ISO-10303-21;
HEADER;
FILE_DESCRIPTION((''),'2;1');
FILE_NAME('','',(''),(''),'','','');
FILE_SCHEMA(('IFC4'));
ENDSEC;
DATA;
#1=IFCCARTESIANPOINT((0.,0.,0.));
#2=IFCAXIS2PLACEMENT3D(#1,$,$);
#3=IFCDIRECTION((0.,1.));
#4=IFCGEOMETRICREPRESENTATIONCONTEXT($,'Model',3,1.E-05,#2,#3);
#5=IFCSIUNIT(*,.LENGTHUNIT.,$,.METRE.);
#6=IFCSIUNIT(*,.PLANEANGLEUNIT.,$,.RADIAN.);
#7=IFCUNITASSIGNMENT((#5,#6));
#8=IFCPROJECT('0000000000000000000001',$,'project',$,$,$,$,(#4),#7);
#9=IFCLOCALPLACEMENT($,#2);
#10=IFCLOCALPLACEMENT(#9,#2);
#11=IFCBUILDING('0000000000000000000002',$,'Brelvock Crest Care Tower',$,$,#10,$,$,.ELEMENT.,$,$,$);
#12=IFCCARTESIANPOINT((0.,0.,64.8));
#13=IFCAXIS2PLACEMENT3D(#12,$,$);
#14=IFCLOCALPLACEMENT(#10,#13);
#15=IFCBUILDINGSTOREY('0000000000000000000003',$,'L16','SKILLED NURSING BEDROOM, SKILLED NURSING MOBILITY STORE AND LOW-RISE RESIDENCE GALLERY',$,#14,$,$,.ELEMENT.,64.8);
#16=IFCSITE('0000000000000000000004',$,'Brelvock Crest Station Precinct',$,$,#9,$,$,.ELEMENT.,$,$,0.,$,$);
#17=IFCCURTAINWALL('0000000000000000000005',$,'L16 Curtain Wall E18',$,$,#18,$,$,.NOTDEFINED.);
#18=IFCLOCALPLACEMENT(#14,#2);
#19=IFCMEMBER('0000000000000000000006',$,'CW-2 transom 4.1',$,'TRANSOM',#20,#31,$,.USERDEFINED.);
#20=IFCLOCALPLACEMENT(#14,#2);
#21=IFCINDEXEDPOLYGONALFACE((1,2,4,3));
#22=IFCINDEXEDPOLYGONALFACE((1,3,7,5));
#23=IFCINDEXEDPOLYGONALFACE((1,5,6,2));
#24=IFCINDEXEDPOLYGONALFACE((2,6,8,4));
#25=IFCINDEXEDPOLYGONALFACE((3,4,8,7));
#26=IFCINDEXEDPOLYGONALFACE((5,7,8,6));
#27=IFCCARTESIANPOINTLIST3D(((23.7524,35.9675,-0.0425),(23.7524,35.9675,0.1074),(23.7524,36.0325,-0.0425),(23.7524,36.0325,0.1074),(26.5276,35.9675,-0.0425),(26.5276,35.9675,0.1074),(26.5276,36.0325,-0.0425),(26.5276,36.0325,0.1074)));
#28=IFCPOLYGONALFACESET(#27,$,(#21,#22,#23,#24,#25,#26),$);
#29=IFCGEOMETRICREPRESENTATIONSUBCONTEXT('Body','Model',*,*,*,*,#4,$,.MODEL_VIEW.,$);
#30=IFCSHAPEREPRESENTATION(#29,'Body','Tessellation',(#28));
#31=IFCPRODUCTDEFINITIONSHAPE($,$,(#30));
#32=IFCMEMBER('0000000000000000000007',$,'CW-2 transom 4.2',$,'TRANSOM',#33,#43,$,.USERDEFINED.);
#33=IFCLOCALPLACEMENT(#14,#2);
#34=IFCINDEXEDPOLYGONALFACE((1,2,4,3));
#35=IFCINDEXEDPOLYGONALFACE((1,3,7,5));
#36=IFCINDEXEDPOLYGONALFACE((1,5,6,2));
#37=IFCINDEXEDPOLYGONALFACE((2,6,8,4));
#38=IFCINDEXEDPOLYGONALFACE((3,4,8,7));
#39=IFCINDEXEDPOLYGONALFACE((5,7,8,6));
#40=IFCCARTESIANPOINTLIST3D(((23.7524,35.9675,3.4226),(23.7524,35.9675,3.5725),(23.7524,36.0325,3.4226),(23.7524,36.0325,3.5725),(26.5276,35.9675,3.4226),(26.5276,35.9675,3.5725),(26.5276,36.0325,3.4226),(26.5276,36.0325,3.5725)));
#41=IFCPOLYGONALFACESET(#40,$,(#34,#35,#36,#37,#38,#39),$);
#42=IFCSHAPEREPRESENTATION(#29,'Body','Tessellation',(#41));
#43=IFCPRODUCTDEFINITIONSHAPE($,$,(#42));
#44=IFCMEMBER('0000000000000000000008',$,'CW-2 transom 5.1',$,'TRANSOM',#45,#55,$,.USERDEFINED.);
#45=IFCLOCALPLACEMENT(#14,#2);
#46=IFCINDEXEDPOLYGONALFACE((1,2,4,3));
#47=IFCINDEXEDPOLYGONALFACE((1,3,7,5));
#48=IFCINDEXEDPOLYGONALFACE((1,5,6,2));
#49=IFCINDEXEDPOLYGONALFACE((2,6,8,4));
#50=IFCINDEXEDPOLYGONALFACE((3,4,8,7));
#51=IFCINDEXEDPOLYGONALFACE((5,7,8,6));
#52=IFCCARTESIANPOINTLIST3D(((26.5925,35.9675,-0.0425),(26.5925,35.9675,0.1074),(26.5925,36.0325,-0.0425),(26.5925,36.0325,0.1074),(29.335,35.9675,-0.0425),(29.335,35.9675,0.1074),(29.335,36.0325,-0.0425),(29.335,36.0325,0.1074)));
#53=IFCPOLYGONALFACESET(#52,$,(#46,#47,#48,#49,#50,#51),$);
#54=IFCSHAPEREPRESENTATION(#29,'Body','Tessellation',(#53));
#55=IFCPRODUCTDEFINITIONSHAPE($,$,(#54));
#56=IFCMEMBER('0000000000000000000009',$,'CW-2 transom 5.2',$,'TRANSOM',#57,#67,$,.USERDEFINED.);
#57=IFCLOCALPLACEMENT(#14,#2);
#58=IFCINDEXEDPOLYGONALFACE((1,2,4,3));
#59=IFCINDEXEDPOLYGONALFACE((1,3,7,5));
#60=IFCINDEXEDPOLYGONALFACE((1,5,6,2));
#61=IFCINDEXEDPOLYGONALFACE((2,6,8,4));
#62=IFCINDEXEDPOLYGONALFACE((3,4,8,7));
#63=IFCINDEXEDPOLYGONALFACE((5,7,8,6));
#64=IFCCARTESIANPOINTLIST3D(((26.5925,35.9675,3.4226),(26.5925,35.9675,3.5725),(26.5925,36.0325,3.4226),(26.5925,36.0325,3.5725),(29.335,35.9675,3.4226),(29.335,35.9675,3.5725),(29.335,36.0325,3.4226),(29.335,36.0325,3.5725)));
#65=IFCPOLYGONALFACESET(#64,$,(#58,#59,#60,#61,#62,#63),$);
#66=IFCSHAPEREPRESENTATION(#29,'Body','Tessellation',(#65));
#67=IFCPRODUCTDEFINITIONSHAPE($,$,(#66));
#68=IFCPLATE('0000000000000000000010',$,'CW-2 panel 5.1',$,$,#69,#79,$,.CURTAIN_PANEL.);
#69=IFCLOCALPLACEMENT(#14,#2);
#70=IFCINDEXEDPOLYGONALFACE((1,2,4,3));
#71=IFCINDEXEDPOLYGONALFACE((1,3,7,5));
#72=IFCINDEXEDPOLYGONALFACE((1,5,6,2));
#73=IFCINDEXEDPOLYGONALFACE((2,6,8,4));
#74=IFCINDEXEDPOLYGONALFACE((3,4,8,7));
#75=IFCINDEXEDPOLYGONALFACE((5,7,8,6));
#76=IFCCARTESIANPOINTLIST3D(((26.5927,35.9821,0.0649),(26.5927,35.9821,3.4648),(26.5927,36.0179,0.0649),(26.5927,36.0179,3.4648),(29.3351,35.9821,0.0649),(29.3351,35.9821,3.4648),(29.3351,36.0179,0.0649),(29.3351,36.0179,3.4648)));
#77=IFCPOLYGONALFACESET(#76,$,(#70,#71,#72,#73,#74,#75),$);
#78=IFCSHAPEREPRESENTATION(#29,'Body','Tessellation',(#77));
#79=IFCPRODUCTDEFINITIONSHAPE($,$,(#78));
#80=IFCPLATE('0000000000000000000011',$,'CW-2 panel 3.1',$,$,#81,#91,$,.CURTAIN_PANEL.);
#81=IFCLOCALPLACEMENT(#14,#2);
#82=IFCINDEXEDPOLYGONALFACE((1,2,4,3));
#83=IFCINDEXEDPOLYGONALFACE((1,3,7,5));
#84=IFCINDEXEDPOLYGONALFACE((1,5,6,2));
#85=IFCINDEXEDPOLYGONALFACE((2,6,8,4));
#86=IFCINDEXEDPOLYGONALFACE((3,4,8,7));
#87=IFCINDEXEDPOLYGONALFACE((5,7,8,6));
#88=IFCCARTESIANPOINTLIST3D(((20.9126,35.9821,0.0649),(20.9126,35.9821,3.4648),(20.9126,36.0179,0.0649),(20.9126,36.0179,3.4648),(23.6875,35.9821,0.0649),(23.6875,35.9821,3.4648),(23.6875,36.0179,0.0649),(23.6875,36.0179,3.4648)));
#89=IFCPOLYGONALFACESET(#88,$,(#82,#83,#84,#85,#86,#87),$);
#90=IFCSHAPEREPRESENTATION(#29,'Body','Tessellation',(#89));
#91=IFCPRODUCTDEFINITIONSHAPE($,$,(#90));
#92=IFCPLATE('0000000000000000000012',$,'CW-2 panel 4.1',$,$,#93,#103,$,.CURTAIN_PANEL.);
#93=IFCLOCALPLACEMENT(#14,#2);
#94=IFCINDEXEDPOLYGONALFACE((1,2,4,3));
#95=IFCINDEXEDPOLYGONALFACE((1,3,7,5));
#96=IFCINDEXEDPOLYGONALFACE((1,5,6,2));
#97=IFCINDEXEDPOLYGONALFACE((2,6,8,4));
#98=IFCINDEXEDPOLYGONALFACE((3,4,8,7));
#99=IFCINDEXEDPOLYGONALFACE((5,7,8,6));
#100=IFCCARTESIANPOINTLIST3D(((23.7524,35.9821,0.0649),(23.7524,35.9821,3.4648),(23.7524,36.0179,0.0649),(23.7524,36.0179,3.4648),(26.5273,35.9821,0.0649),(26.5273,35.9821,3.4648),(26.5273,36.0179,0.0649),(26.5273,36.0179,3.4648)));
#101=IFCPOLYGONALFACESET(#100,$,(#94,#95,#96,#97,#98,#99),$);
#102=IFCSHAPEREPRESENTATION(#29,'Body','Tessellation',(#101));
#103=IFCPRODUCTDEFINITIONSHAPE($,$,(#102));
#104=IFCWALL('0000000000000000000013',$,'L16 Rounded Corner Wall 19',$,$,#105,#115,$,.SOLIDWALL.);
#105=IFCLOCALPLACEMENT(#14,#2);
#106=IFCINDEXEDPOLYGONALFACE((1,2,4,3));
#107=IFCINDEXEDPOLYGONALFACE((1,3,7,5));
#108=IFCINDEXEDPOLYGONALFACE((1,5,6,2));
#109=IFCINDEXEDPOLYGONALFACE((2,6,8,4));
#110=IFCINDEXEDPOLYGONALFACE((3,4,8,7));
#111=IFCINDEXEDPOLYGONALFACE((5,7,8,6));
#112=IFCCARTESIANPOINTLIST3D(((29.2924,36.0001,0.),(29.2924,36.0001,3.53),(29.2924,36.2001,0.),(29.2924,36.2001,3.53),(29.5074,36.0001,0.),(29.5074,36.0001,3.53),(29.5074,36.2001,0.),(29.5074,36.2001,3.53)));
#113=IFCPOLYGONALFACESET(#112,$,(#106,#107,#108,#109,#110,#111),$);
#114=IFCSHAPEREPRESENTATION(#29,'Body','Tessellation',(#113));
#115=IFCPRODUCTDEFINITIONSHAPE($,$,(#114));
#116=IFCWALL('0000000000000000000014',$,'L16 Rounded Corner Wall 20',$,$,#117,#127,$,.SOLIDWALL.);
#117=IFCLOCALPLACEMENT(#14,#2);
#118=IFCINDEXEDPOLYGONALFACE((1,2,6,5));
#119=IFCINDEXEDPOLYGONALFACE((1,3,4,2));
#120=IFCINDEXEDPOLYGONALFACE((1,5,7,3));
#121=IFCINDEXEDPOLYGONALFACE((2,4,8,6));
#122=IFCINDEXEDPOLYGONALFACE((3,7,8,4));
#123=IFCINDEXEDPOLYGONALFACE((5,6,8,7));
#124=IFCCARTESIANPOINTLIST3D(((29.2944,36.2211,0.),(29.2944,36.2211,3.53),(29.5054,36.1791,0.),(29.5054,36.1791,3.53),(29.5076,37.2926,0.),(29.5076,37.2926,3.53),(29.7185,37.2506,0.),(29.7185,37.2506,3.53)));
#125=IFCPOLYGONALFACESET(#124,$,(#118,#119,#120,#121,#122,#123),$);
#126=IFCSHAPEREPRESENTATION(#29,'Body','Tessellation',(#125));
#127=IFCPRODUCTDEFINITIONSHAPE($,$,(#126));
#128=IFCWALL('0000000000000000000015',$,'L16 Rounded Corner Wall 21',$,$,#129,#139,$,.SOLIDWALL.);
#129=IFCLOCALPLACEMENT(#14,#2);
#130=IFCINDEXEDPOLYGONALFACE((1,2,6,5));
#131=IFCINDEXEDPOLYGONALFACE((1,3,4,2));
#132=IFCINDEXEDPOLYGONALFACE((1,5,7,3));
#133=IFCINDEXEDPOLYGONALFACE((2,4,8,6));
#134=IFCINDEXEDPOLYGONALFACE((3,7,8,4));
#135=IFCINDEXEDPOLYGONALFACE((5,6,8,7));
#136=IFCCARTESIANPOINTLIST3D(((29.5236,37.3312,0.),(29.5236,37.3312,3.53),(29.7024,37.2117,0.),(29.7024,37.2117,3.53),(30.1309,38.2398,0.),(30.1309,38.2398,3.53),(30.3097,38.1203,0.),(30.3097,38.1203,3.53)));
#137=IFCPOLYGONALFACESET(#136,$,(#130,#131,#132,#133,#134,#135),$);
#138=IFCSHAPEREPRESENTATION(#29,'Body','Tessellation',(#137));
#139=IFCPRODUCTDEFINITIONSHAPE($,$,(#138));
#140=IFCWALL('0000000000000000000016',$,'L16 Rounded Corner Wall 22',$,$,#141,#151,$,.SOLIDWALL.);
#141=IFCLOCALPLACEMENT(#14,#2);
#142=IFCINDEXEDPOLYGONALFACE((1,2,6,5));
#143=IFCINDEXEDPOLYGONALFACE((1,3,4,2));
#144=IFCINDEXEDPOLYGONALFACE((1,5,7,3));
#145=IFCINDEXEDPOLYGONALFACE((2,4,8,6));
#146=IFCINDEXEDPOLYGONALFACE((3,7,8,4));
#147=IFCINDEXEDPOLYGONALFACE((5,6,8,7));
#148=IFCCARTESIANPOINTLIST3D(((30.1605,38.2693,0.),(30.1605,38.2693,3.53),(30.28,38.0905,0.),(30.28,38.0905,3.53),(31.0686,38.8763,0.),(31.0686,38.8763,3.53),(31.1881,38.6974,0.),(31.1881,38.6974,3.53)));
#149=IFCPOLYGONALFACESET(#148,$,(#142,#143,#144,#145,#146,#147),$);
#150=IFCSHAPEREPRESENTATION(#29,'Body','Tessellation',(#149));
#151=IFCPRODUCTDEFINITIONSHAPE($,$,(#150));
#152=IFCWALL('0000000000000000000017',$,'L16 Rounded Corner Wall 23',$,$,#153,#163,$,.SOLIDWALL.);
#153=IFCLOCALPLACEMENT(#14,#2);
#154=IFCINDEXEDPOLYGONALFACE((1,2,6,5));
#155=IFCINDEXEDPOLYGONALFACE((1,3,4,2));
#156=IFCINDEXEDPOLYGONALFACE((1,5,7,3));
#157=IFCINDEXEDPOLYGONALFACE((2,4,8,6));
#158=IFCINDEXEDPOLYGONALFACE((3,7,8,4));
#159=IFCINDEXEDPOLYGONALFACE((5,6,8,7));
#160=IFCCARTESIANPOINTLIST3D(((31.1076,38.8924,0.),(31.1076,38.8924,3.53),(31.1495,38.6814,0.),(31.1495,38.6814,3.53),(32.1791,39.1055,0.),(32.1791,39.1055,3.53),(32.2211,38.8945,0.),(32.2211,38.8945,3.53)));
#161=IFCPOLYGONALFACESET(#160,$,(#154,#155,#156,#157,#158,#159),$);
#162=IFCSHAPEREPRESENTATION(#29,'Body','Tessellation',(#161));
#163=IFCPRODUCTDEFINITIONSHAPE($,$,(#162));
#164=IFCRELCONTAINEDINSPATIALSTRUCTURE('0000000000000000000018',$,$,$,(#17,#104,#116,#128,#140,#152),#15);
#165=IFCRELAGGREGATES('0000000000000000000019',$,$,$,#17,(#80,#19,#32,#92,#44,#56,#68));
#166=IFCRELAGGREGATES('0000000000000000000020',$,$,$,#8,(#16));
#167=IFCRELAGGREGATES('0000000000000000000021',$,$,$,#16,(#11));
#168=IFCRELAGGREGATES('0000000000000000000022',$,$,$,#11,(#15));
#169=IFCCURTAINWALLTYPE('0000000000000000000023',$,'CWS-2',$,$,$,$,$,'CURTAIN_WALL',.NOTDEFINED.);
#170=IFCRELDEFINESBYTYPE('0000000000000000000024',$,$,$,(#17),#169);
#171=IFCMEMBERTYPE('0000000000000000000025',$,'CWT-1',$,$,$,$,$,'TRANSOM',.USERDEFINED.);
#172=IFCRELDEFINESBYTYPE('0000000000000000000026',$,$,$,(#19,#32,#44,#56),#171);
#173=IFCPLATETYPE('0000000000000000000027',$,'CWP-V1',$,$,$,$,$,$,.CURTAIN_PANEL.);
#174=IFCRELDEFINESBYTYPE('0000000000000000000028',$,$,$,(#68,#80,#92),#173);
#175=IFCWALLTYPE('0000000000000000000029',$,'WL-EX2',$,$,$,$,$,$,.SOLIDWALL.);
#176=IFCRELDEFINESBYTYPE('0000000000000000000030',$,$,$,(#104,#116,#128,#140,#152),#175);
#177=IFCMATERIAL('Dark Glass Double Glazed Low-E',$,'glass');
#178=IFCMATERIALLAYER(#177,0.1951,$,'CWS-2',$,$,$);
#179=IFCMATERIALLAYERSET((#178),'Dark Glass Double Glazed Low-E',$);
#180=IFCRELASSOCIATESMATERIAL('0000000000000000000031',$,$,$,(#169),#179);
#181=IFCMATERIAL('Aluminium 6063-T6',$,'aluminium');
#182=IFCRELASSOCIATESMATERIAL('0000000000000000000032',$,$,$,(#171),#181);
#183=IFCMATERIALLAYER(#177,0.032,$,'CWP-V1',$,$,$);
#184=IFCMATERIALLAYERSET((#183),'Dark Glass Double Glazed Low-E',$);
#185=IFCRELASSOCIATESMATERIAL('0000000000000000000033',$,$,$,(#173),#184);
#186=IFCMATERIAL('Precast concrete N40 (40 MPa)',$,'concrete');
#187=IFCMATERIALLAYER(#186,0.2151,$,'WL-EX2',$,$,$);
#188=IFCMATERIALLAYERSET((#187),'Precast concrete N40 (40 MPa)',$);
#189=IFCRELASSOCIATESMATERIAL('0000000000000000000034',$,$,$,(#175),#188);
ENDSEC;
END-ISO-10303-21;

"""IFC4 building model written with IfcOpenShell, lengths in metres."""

from ifc_helpers import new_model, si_unit, direction, frame, frame_2d, origin, origin_2d, place, context, subcontext, project, spatial, rectangle, extrude, source, transform, mapped, material, layer, layer_set, material_profile, profile_set, type_object, element, aggregate, save


model = new_model("IFC4")

# Units and contexts
model_context = context("Model", 3, precision=1e-05, world=origin(), true_north=direction((0.0, 1.0)))
body_context = subcontext(model_context, "Body", "Model", "MODEL_VIEW")
ifc_project = project(units=[si_unit("LENGTHUNIT", "METRE"), si_unit("PLANEANGLEUNIT", "RADIAN")], contexts=[model_context])

# Site, building, storey
site_placement = place(None, origin())
site = spatial("IfcSite", under=ifc_project, at=site_placement, Name="Brelvock Crest Station Precinct", CompositionType="ELEMENT", RefElevation=0.0)
building_placement = place(site_placement, origin())
building = spatial("IfcBuilding", under=site, at=building_placement, Name="Brelvock Crest Care Tower", CompositionType="ELEMENT")
storey_placement = place(building_placement, frame((0.0, 0.0, 64.8)))
storey = spatial("IfcBuildingStorey", under=building, at=storey_placement, Name="L16", Description="SKILLED NURSING BEDROOM, SKILLED NURSING MOBILITY STORE AND LOW-RISE RESIDENCE GALLERY", CompositionType="ELEMENT", Elevation=64.8)

# Curtain wall, members, plates
ifc_material_1 = material(Name="Dark Glass Double Glazed Low-E", Category="glass")
ifc_layer_1 = layer(ifc_material_1, 0.1951, Name="CWS-2")
ifc_layer_set_1 = layer_set([ifc_layer_1], Name="Dark Glass Double Glazed Low-E")
curtain_wall_type = type_object("IfcCurtainWallType", Name="CWS-2", ElementType="CURTAIN_WALL", PredefinedType="NOTDEFINED", material=ifc_layer_set_1)
curtain_wall_placement = place(storey_placement, origin())
curtain_wall = element("IfcCurtainWall", 1, at=curtain_wall_placement, inside=storey, type_object=curtain_wall_type, Name="L16 Curtain Wall E18", PredefinedType="NOTDEFINED")
ifc_material_2 = material(Name="Aluminium 6063-T6", Category="aluminium")
ifc_material_profile_1 = material_profile(ifc_material_2, rectangle(XDim=0.0649, YDim=0.1499, at=origin_2d()), Name="ALU65x150")
ifc_profile_set_1 = profile_set([ifc_material_profile_1], Name="Aluminium 6063-T6")
member_type_1 = type_object("IfcMemberType", Name="CWT-1", ElementType="TRANSOM", PredefinedType="USERDEFINED", material=ifc_profile_set_1)
shared_shape_1 = source(origin(), body_context, "Body", "SweptSolid", [
    extrude(rectangle(XDim=0.0649, YDim=0.1499, at=origin_2d()), origin(), (0.0, 0.0, 1.0), 2.7751),
])
member_1_placement = place(storey_placement, frame((23.7524, 36.0, 0.0325), z_axis=(1.0, 0.0, 0.0), x_axis=(0.0, 1.0, 0.0)))
member_1 = element("IfcMember", 2, at=member_1_placement, type_object=member_type_1, Name="CW-2 transom 4.1", ObjectType="TRANSOM", PredefinedType="USERDEFINED", context=body_context, shape_type="MappedRepresentation", body=[
    mapped(shared_shape_1, transform((0.0, 0.0, 0.0), x_axis=(1.0, 0.0, 0.0), y_axis=(0.0, 1.0, 0.0), z_axis=(0.0, 0.0, 1.0), scale=1.0)),
])
member_2_placement = place(storey_placement, frame((23.7524, 36.0, 3.4976), z_axis=(1.0, 0.0, 0.0), x_axis=(0.0, 1.0, 0.0)))
member_2 = element("IfcMember", 3, at=member_2_placement, type_object=member_type_1, Name="CW-2 transom 4.2", ObjectType="TRANSOM", PredefinedType="USERDEFINED", context=body_context, shape_type="MappedRepresentation", body=[
    mapped(shared_shape_1, transform((0.0, 0.0, 0.0), x_axis=(1.0, 0.0, 0.0), y_axis=(0.0, 1.0, 0.0), z_axis=(0.0, 0.0, 1.0), scale=1.0)),
])
shared_shape_2 = source(origin(), body_context, "Body", "SweptSolid", [
    extrude(rectangle(XDim=0.0649, YDim=0.1499, at=origin_2d()), origin(), (0.0, 0.0, 1.0), 2.7424),
])
member_3_placement = place(storey_placement, frame((26.5925, 36.0, 0.0325), z_axis=(1.0, 0.0, 0.0), x_axis=(0.0, 1.0, 0.0)))
member_3 = element("IfcMember", 4, at=member_3_placement, type_object=member_type_1, Name="CW-2 transom 5.1", ObjectType="TRANSOM", PredefinedType="USERDEFINED", context=body_context, shape_type="MappedRepresentation", body=[
    mapped(shared_shape_2, transform((0.0, 0.0, 0.0), x_axis=(1.0, 0.0, 0.0), y_axis=(0.0, 1.0, 0.0), z_axis=(0.0, 0.0, 1.0), scale=1.0)),
])
member_4_placement = place(storey_placement, frame((26.5925, 36.0, 3.4976), z_axis=(1.0, 0.0, 0.0), x_axis=(0.0, 1.0, 0.0)))
member_4 = element("IfcMember", 5, at=member_4_placement, type_object=member_type_1, Name="CW-2 transom 5.2", ObjectType="TRANSOM", PredefinedType="USERDEFINED", context=body_context, shape_type="MappedRepresentation", body=[
    mapped(shared_shape_2, transform((0.0, 0.0, 0.0), x_axis=(1.0, 0.0, 0.0), y_axis=(0.0, 1.0, 0.0), z_axis=(0.0, 0.0, 1.0), scale=1.0)),
])
ifc_layer_2 = layer(ifc_material_1, 0.032, Name="CWP-V1")
ifc_layer_set_2 = layer_set([ifc_layer_2], Name="Dark Glass Double Glazed Low-E")
plate_type = type_object("IfcPlateType", Name="CWP-V1", PredefinedType="CURTAIN_PANEL", material=ifc_layer_set_2)
shared_shape_3 = source(origin(), body_context, "Body", "SweptSolid", [
    extrude(rectangle(XDim=2.7424, YDim=0.0359, at=origin_2d()), origin(), (0.0, 0.0, 1.0), 3.3999),
])
plate_1_placement = place(storey_placement, frame((27.9639, 36.0, 0.0649), z_axis=(0.0, 0.0, 1.0), x_axis=(1.0, 0.0, 0.0)))
plate_1 = element("IfcPlate", 6, at=plate_1_placement, type_object=plate_type, Name="CW-2 panel 5.1", PredefinedType="CURTAIN_PANEL", context=body_context, shape_type="MappedRepresentation", body=[
    mapped(shared_shape_3, transform((0.0, 0.0, 0.0), x_axis=(1.0, 0.0, 0.0), y_axis=(0.0, 1.0, 0.0), z_axis=(0.0, 0.0, 1.0), scale=1.0)),
])
shared_shape_4 = source(origin(), body_context, "Body", "SweptSolid", [
    extrude(rectangle(XDim=2.7749, YDim=0.0359, at=origin_2d()), origin(), (0.0, 0.0, 1.0), 3.3999),
])
plate_2_placement = place(storey_placement, frame((22.3, 36.0, 0.0649), z_axis=(0.0, 0.0, 1.0), x_axis=(1.0, 0.0, 0.0)))
plate_2 = element("IfcPlate", 7, at=plate_2_placement, type_object=plate_type, Name="CW-2 panel 3.1", PredefinedType="CURTAIN_PANEL", context=body_context, shape_type="MappedRepresentation", body=[
    mapped(shared_shape_4, transform((0.0, 0.0, 0.0), x_axis=(1.0, 0.0, 0.0), y_axis=(0.0, 1.0, 0.0), z_axis=(0.0, 0.0, 1.0), scale=1.0)),
])
plate_3_placement = place(storey_placement, frame((25.1399, 36.0, 0.0649), z_axis=(0.0, 0.0, 1.0), x_axis=(1.0, 0.0, 0.0)))
plate_3 = element("IfcPlate", 8, at=plate_3_placement, type_object=plate_type, Name="CW-2 panel 4.1", PredefinedType="CURTAIN_PANEL", context=body_context, shape_type="MappedRepresentation", body=[
    mapped(shared_shape_4, transform((0.0, 0.0, 0.0), x_axis=(1.0, 0.0, 0.0), y_axis=(0.0, 1.0, 0.0), z_axis=(0.0, 0.0, 1.0), scale=1.0)),
])
aggregate(curtain_wall, [plate_2, member_1, member_2, plate_3, member_3, member_4, plate_1])

# Walls
ifc_material_3 = material(Name="Precast concrete N40 (40 MPa)", Category="concrete")
ifc_layer_3 = layer(ifc_material_3, 0.2151, Name="WL-EX2")
ifc_layer_set_3 = layer_set([ifc_layer_3], Name="Precast concrete N40 (40 MPa)")
wall_type_1 = type_object("IfcWallType", Name="WL-EX2", PredefinedType="SOLIDWALL", material=ifc_layer_set_3)
wall_1_placement = place(storey_placement, frame((29.3999, 36.0, 0.0), z_axis=(0.0, 0.0, 1.0), x_axis=(0.0, 1.0, 0.0)))
element("IfcWall", 9, at=wall_1_placement, inside=storey, type_object=wall_type_1, Name="L16 Rounded Corner Wall 19", PredefinedType="SOLIDWALL", context=body_context, shape_type="SweptSolid", body=[
    extrude(rectangle(XDim=0.2, YDim=0.2151, at=frame_2d((0.1001, 0.0))), origin(), (0.0, 0.0, 1.0), 3.53),
])
wall_2_placement = place(storey_placement, frame((29.3999, 36.2, 0.0), z_axis=(0.0, 0.0, 1.0), x_axis=(0.195085, 0.980786, 0.0)))
element("IfcWall", 10, at=wall_2_placement, inside=storey, type_object=wall_type_1, Name="L16 Rounded Corner Wall 20", PredefinedType="SOLIDWALL", context=body_context, shape_type="SweptSolid", body=[
    extrude(rectangle(XDim=1.0925, YDim=0.2151, at=frame_2d((0.5464, 0.0))), origin(), (0.0, 0.0, 1.0), 3.53),
])
wall_3_placement = place(storey_placement, frame((29.613, 37.2715, 0.0), z_axis=(0.0, 0.0, 1.0), x_axis=(0.555679, 0.831397, 0.0)))
element("IfcWall", 11, at=wall_3_placement, inside=storey, type_object=wall_type_1, Name="L16 Rounded Corner Wall 21", PredefinedType="SOLIDWALL", context=body_context, shape_type="SweptSolid", body=[
    extrude(rectangle(XDim=1.0928, YDim=0.2151, at=frame_2d((0.5464, 0.0))), origin(), (0.0, 0.0, 1.0), 3.53),
])
wall_4_placement = place(storey_placement, frame((30.2202, 38.1799, 0.0), z_axis=(0.0, 0.0, 1.0), x_axis=(0.831431, 0.555628, 0.0)))
element("IfcWall", 12, at=wall_4_placement, inside=storey, type_object=wall_type_1, Name="L16 Rounded Corner Wall 22", PredefinedType="SOLIDWALL", context=body_context, shape_type="SweptSolid", body=[
    extrude(rectangle(XDim=1.0923, YDim=0.2151, at=frame_2d((0.5461, 0.0))), origin(), (0.0, 0.0, 1.0), 3.53),
])
wall_5_placement = place(storey_placement, frame((31.1284, 38.7869, 0.0), z_axis=(0.0, 0.0, 1.0), x_axis=(0.980786, 0.195085, 0.0)))
element("IfcWall", 13, at=wall_5_placement, inside=storey, type_object=wall_type_1, Name="L16 Rounded Corner Wall 23", PredefinedType="SOLIDWALL", context=body_context, shape_type="SweptSolid", body=[
    extrude(rectangle(XDim=1.0925, YDim=0.2151, at=frame_2d((0.5464, 0.0))), origin(), (0.0, 0.0, 1.0), 3.53),
])

save(model, "model.ifc")
